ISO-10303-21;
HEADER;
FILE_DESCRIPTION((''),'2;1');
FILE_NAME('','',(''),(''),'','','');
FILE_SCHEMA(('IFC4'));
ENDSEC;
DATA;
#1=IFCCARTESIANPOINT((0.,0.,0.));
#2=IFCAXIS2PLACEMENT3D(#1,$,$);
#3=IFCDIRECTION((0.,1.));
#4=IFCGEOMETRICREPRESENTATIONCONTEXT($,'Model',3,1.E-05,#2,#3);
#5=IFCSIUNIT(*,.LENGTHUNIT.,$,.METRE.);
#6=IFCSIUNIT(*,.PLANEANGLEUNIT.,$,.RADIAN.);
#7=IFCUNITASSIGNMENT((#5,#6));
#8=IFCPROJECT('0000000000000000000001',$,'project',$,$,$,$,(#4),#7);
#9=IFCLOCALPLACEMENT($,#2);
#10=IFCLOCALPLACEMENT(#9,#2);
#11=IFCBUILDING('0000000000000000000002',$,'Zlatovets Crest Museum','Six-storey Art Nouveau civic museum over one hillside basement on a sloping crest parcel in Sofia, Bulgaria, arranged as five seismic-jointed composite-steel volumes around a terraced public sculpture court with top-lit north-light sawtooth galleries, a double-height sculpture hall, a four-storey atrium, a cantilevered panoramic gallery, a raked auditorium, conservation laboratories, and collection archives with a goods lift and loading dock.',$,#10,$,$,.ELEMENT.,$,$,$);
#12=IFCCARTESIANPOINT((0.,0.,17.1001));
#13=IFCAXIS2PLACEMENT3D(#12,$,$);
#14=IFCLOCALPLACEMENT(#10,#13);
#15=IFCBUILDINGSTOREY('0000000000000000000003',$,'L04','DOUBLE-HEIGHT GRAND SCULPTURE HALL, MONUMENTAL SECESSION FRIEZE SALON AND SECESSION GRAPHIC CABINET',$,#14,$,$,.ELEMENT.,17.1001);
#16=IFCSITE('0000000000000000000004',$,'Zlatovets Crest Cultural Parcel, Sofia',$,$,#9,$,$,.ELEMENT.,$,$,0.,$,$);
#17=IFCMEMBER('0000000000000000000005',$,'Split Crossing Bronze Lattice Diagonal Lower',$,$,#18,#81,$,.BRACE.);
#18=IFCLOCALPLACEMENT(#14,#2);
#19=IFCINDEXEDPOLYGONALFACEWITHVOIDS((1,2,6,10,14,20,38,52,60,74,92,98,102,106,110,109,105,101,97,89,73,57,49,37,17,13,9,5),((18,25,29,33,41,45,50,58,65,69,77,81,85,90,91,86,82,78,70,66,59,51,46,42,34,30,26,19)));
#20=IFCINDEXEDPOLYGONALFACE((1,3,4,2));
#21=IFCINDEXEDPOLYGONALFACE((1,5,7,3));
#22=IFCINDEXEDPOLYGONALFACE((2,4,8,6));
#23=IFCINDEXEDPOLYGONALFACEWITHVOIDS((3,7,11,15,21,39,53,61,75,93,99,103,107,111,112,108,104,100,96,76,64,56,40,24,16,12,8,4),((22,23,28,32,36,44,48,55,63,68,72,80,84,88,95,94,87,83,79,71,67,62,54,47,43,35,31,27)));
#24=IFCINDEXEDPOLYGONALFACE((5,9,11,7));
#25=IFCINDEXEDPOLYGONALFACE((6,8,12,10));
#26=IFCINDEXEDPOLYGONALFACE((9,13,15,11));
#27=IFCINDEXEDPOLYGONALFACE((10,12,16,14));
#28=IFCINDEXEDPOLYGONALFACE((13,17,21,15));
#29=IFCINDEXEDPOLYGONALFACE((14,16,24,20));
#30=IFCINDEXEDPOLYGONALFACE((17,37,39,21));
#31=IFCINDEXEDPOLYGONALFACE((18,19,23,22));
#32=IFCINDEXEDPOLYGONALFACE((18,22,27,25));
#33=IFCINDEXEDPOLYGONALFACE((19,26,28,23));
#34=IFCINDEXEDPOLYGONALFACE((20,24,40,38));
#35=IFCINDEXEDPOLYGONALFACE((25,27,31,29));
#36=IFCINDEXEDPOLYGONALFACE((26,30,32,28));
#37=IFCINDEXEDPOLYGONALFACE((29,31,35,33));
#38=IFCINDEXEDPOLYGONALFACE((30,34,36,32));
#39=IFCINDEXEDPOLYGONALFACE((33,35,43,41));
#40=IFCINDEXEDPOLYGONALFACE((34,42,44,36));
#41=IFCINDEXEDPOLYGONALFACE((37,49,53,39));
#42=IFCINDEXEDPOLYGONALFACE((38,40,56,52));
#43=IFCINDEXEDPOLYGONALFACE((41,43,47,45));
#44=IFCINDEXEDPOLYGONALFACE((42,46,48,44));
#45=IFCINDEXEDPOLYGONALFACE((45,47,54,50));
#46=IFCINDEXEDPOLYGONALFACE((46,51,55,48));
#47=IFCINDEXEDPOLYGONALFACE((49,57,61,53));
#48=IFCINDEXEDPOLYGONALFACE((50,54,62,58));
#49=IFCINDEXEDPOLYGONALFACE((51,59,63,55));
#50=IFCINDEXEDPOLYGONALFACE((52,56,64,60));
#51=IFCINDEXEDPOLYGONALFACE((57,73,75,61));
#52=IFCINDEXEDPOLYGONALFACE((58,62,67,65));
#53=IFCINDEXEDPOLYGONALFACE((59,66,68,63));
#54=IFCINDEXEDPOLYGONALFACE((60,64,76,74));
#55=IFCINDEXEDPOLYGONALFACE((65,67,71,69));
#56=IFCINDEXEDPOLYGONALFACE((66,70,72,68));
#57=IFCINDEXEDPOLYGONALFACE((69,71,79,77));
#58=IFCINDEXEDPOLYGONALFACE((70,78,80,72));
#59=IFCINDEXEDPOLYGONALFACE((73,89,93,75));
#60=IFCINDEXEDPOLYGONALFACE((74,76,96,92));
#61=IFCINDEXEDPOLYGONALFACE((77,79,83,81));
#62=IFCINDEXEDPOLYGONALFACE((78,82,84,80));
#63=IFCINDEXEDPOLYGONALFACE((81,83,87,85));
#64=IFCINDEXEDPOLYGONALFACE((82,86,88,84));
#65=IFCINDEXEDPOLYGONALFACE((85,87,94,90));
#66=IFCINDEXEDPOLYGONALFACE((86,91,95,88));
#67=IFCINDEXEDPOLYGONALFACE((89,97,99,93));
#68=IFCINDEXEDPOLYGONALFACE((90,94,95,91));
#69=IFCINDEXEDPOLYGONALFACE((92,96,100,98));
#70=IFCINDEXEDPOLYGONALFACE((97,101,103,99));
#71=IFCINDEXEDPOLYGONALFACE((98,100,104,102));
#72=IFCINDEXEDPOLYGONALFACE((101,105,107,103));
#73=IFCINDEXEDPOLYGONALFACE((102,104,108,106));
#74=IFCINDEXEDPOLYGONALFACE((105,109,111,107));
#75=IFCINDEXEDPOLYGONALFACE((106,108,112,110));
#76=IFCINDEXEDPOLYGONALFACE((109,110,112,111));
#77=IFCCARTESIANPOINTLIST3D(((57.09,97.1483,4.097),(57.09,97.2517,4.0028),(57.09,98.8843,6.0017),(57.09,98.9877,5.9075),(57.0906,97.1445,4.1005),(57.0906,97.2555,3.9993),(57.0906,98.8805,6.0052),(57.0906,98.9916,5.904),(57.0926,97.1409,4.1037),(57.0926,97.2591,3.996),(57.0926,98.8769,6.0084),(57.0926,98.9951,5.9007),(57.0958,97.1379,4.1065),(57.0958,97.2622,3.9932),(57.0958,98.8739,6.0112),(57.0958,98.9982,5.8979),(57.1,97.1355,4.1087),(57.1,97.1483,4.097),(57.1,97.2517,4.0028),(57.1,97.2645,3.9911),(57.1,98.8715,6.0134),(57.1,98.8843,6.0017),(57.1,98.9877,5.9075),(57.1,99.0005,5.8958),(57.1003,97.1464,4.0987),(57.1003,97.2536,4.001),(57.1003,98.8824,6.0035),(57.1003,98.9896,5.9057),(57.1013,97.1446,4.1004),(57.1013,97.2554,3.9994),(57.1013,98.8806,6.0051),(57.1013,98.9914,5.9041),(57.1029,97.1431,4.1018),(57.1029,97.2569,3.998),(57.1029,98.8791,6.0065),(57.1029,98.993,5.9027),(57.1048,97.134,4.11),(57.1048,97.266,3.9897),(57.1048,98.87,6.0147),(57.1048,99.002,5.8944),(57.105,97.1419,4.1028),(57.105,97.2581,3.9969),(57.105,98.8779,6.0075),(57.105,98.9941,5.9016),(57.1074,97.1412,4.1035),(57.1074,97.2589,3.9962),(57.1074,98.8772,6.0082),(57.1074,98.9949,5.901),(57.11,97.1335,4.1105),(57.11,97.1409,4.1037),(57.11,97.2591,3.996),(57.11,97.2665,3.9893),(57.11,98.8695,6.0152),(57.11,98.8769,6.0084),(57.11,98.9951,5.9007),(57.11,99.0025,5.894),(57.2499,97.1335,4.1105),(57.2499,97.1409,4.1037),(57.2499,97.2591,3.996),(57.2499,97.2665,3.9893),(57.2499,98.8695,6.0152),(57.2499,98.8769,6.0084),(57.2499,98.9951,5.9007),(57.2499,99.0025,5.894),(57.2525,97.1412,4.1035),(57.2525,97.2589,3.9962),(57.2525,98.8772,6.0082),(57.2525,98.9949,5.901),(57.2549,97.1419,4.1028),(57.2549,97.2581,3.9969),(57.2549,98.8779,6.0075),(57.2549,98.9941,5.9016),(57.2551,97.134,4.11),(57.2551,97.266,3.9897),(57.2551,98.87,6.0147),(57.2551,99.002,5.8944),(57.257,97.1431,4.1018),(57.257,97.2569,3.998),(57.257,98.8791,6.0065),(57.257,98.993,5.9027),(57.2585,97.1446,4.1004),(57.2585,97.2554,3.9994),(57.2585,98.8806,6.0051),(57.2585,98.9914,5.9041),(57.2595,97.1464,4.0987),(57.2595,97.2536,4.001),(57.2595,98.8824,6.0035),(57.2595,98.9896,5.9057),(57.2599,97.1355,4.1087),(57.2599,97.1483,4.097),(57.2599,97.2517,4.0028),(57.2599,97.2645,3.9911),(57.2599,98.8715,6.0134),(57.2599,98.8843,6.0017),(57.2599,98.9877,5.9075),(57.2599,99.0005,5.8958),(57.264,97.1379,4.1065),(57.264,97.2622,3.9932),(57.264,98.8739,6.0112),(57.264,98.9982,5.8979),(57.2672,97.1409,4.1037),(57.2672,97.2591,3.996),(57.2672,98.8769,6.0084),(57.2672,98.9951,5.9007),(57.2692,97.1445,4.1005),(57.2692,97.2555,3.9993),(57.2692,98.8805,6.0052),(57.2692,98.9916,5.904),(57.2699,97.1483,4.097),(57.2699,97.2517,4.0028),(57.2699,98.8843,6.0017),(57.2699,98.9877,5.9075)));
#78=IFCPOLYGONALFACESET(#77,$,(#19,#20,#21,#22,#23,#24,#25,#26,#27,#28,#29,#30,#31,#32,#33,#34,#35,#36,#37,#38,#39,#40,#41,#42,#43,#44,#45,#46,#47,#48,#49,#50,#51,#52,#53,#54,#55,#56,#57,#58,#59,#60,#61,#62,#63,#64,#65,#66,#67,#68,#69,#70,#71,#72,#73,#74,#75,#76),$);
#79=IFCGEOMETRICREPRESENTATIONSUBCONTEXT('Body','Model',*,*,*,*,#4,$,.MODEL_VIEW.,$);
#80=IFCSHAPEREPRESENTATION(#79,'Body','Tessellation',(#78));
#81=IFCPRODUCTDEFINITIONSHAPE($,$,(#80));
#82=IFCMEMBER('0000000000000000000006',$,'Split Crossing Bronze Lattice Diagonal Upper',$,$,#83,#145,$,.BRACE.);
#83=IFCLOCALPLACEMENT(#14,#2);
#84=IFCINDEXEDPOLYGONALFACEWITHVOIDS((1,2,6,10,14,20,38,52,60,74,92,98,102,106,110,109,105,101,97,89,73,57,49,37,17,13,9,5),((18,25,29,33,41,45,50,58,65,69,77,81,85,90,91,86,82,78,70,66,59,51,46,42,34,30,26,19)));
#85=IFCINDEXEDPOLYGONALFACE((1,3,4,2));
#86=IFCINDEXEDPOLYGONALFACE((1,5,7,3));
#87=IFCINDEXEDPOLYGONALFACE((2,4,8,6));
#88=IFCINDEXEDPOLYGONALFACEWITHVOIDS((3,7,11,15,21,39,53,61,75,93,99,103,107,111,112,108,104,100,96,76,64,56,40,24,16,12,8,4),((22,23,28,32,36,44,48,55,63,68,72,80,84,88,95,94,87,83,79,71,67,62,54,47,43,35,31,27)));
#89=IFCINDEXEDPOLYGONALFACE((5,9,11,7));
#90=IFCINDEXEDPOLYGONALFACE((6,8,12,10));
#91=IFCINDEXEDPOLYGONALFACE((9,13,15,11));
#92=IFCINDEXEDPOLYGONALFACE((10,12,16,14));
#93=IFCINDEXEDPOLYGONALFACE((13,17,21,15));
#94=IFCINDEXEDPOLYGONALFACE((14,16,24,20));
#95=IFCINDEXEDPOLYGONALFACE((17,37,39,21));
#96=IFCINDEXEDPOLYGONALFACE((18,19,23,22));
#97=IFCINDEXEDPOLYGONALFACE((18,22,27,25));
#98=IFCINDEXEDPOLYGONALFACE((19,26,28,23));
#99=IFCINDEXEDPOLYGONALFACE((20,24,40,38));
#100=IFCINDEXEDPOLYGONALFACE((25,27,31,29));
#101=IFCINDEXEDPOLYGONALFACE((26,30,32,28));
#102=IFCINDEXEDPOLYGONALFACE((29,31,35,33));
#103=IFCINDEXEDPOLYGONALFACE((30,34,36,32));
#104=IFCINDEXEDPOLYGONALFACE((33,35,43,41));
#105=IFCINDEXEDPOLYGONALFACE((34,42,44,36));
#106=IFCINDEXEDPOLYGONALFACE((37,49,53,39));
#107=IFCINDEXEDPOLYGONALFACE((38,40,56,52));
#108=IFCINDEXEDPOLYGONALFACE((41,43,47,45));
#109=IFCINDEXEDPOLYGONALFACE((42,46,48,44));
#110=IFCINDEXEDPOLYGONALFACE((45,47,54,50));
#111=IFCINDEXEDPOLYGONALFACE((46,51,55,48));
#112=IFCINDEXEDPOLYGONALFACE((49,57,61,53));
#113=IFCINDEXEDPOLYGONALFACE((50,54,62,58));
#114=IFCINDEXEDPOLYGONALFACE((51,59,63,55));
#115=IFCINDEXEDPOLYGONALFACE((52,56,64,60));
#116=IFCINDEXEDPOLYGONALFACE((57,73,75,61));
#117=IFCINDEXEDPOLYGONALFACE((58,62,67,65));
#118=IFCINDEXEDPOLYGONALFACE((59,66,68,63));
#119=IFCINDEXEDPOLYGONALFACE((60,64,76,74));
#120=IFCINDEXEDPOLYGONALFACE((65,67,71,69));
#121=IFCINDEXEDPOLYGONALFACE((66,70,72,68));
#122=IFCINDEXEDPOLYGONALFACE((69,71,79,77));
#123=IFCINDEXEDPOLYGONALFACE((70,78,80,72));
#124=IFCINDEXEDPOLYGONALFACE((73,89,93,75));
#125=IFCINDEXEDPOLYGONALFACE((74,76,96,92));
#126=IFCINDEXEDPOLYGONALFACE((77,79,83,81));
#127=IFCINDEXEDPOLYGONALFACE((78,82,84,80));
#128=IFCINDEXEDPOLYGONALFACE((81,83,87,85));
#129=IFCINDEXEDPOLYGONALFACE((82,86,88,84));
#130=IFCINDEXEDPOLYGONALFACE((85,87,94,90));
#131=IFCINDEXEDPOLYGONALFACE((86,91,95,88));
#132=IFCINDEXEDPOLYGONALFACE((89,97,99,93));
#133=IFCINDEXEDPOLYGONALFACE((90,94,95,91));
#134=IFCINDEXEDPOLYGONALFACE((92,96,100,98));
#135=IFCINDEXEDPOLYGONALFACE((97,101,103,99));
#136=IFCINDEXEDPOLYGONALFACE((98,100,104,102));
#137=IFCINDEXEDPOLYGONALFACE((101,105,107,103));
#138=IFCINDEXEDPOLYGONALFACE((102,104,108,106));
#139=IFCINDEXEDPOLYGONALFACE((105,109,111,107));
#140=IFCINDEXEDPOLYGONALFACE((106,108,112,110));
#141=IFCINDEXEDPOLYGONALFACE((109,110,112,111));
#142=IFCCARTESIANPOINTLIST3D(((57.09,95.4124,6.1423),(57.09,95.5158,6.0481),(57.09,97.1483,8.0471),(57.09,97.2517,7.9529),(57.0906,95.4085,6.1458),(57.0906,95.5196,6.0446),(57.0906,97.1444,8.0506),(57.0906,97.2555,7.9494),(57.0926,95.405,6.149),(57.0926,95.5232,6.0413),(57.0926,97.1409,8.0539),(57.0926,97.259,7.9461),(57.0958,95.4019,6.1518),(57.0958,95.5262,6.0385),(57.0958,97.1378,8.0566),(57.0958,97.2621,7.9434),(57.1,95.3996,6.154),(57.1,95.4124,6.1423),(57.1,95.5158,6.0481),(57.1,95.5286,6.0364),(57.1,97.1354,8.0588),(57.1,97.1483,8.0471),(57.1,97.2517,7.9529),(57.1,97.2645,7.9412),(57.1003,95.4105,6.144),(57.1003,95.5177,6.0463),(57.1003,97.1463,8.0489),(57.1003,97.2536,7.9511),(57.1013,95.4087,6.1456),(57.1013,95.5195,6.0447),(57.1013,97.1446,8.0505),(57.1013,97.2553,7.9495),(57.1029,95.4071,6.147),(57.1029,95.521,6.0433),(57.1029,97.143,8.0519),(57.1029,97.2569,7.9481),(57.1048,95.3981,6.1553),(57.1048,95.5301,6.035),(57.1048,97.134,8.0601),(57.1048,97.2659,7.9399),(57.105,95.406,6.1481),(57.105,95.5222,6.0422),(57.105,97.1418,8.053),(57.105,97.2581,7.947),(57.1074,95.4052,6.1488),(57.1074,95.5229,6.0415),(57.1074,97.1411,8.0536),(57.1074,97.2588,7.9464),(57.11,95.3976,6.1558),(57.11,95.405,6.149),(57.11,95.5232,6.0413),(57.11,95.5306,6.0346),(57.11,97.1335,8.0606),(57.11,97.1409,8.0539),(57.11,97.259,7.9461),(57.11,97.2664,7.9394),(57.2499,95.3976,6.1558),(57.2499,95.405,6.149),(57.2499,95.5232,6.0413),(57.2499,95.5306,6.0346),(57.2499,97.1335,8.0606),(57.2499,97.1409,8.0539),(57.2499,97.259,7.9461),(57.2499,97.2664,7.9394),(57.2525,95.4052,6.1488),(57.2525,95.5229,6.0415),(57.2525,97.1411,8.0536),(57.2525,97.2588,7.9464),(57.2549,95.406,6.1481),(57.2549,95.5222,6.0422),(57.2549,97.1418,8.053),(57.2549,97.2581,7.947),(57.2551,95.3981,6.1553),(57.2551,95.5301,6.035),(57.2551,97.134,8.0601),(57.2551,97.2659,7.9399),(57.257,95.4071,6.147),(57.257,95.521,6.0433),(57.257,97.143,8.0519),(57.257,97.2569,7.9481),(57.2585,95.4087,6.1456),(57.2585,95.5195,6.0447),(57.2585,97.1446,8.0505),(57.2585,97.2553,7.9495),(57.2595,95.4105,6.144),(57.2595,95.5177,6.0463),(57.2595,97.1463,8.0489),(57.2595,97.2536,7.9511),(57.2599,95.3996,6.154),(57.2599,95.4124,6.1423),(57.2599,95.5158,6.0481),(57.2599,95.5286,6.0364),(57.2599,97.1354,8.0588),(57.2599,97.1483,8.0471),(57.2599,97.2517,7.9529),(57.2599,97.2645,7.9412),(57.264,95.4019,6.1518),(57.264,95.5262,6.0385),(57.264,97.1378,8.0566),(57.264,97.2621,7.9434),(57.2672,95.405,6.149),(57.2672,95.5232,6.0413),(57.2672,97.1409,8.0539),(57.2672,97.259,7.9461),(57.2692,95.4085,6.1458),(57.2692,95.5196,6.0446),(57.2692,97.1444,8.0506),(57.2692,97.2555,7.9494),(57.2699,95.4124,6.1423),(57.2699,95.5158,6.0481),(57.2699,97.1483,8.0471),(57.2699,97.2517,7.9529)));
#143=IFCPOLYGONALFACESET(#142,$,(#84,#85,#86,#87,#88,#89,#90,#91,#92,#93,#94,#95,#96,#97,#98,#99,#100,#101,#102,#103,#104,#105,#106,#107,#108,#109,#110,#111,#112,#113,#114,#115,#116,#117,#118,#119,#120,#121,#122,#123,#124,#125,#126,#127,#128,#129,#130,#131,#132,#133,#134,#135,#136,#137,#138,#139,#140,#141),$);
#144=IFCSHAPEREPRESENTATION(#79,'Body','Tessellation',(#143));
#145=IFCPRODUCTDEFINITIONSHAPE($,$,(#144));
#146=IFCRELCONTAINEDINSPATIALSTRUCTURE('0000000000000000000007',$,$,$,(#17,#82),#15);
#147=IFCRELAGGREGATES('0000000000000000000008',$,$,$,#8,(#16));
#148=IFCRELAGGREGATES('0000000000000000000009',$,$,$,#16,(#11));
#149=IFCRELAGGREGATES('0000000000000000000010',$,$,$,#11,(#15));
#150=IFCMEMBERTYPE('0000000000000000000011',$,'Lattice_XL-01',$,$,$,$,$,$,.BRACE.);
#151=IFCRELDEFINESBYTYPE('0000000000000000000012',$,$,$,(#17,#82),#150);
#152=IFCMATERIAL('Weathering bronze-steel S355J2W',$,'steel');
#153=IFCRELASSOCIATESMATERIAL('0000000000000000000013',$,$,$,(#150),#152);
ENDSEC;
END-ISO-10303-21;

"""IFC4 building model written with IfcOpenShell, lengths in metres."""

from ifc_helpers import new_model, si_unit, direction, frame, origin, origin_2d, place, context, subcontext, project, spatial, hollow_rectangle, extrude, material, material_profile, profile_set, type_object, element, save


model = new_model("IFC4")

# Units and contexts
model_context = context("Model", 3, precision=1e-05, world=origin(), true_north=direction((0.0, 1.0)))
body_context = subcontext(model_context, "Body", "Model", "MODEL_VIEW")
ifc_project = project(units=[si_unit("LENGTHUNIT", "METRE"), si_unit("PLANEANGLEUNIT", "RADIAN")], contexts=[model_context])

# Site, building, storey
site_placement = place(None, origin())
site = spatial("IfcSite", under=ifc_project, at=site_placement, Name="Zlatovets Crest Cultural Parcel, Sofia", CompositionType="ELEMENT", RefElevation=0.0)
building_placement = place(site_placement, origin())
building = spatial("IfcBuilding", under=site, at=building_placement, Name="Zlatovets Crest Museum", Description="Six-storey Art Nouveau civic museum over one hillside basement on a sloping crest parcel in Sofia, Bulgaria, arranged as five seismic-jointed composite-steel volumes around a terraced public sculpture court with top-lit north-light sawtooth galleries, a double-height sculpture hall, a four-storey atrium, a cantilevered panoramic gallery, a raked auditorium, conservation laboratories, and collection archives with a goods lift and loading dock.", CompositionType="ELEMENT")
storey_placement = place(building_placement, frame((0.0, 0.0, 17.1001)))
storey = spatial("IfcBuildingStorey", under=building, at=storey_placement, Name="L04", Description="DOUBLE-HEIGHT GRAND SCULPTURE HALL, MONUMENTAL SECESSION FRIEZE SALON AND SECESSION GRAPHIC CABINET", CompositionType="ELEMENT", Elevation=17.1001)

# Members
ifc_material_1 = material(Name="Weathering bronze-steel S355J2W", Category="steel")
ifc_material_profile_1 = material_profile(ifc_material_1, hollow_rectangle(XDim=0.1799, YDim=0.1799, WallThickness=0.01, InnerFilletRadius=0.01, OuterFilletRadius=0.02, at=origin_2d()), Name="SHS 180x180x10.0")
ifc_profile_set_1 = profile_set([ifc_material_profile_1], Name="Weathering bronze-steel S355J2W")
member_type_1 = type_object("IfcMemberType", Name="Lattice_XL-01", PredefinedType="BRACE", material=ifc_profile_set_1)
for number, where, z_axis, x_axis, name in (
    (1, (57.1799, 98.936, 5.9546), (0.0, -0.67362, -0.739078), (1.0, 0.0, 0.0), "Split Crossing Bronze Lattice Diagonal Lower"),
    (2, (57.1799, 97.2, 8.0), (0.0, -0.673568, -0.739125), (1.0, 0.0, 0.0), "Split Crossing Bronze Lattice Diagonal Upper"),
):
    element("IfcMember", number, at=place(storey_placement, frame(where, z_axis=z_axis, x_axis=x_axis)), inside=storey, type_object=member_type_1, Name=name, PredefinedType="BRACE", context=body_context, shape_type="SweptSolid", body=[
        extrude(hollow_rectangle(XDim=0.1799, YDim=0.1799, WallThickness=0.01, InnerFilletRadius=0.01, OuterFilletRadius=0.02, at=origin_2d()), origin(), (0.0, 0.0, 1.0), 2.5771),
    ])

save(model, "model.ifc")
